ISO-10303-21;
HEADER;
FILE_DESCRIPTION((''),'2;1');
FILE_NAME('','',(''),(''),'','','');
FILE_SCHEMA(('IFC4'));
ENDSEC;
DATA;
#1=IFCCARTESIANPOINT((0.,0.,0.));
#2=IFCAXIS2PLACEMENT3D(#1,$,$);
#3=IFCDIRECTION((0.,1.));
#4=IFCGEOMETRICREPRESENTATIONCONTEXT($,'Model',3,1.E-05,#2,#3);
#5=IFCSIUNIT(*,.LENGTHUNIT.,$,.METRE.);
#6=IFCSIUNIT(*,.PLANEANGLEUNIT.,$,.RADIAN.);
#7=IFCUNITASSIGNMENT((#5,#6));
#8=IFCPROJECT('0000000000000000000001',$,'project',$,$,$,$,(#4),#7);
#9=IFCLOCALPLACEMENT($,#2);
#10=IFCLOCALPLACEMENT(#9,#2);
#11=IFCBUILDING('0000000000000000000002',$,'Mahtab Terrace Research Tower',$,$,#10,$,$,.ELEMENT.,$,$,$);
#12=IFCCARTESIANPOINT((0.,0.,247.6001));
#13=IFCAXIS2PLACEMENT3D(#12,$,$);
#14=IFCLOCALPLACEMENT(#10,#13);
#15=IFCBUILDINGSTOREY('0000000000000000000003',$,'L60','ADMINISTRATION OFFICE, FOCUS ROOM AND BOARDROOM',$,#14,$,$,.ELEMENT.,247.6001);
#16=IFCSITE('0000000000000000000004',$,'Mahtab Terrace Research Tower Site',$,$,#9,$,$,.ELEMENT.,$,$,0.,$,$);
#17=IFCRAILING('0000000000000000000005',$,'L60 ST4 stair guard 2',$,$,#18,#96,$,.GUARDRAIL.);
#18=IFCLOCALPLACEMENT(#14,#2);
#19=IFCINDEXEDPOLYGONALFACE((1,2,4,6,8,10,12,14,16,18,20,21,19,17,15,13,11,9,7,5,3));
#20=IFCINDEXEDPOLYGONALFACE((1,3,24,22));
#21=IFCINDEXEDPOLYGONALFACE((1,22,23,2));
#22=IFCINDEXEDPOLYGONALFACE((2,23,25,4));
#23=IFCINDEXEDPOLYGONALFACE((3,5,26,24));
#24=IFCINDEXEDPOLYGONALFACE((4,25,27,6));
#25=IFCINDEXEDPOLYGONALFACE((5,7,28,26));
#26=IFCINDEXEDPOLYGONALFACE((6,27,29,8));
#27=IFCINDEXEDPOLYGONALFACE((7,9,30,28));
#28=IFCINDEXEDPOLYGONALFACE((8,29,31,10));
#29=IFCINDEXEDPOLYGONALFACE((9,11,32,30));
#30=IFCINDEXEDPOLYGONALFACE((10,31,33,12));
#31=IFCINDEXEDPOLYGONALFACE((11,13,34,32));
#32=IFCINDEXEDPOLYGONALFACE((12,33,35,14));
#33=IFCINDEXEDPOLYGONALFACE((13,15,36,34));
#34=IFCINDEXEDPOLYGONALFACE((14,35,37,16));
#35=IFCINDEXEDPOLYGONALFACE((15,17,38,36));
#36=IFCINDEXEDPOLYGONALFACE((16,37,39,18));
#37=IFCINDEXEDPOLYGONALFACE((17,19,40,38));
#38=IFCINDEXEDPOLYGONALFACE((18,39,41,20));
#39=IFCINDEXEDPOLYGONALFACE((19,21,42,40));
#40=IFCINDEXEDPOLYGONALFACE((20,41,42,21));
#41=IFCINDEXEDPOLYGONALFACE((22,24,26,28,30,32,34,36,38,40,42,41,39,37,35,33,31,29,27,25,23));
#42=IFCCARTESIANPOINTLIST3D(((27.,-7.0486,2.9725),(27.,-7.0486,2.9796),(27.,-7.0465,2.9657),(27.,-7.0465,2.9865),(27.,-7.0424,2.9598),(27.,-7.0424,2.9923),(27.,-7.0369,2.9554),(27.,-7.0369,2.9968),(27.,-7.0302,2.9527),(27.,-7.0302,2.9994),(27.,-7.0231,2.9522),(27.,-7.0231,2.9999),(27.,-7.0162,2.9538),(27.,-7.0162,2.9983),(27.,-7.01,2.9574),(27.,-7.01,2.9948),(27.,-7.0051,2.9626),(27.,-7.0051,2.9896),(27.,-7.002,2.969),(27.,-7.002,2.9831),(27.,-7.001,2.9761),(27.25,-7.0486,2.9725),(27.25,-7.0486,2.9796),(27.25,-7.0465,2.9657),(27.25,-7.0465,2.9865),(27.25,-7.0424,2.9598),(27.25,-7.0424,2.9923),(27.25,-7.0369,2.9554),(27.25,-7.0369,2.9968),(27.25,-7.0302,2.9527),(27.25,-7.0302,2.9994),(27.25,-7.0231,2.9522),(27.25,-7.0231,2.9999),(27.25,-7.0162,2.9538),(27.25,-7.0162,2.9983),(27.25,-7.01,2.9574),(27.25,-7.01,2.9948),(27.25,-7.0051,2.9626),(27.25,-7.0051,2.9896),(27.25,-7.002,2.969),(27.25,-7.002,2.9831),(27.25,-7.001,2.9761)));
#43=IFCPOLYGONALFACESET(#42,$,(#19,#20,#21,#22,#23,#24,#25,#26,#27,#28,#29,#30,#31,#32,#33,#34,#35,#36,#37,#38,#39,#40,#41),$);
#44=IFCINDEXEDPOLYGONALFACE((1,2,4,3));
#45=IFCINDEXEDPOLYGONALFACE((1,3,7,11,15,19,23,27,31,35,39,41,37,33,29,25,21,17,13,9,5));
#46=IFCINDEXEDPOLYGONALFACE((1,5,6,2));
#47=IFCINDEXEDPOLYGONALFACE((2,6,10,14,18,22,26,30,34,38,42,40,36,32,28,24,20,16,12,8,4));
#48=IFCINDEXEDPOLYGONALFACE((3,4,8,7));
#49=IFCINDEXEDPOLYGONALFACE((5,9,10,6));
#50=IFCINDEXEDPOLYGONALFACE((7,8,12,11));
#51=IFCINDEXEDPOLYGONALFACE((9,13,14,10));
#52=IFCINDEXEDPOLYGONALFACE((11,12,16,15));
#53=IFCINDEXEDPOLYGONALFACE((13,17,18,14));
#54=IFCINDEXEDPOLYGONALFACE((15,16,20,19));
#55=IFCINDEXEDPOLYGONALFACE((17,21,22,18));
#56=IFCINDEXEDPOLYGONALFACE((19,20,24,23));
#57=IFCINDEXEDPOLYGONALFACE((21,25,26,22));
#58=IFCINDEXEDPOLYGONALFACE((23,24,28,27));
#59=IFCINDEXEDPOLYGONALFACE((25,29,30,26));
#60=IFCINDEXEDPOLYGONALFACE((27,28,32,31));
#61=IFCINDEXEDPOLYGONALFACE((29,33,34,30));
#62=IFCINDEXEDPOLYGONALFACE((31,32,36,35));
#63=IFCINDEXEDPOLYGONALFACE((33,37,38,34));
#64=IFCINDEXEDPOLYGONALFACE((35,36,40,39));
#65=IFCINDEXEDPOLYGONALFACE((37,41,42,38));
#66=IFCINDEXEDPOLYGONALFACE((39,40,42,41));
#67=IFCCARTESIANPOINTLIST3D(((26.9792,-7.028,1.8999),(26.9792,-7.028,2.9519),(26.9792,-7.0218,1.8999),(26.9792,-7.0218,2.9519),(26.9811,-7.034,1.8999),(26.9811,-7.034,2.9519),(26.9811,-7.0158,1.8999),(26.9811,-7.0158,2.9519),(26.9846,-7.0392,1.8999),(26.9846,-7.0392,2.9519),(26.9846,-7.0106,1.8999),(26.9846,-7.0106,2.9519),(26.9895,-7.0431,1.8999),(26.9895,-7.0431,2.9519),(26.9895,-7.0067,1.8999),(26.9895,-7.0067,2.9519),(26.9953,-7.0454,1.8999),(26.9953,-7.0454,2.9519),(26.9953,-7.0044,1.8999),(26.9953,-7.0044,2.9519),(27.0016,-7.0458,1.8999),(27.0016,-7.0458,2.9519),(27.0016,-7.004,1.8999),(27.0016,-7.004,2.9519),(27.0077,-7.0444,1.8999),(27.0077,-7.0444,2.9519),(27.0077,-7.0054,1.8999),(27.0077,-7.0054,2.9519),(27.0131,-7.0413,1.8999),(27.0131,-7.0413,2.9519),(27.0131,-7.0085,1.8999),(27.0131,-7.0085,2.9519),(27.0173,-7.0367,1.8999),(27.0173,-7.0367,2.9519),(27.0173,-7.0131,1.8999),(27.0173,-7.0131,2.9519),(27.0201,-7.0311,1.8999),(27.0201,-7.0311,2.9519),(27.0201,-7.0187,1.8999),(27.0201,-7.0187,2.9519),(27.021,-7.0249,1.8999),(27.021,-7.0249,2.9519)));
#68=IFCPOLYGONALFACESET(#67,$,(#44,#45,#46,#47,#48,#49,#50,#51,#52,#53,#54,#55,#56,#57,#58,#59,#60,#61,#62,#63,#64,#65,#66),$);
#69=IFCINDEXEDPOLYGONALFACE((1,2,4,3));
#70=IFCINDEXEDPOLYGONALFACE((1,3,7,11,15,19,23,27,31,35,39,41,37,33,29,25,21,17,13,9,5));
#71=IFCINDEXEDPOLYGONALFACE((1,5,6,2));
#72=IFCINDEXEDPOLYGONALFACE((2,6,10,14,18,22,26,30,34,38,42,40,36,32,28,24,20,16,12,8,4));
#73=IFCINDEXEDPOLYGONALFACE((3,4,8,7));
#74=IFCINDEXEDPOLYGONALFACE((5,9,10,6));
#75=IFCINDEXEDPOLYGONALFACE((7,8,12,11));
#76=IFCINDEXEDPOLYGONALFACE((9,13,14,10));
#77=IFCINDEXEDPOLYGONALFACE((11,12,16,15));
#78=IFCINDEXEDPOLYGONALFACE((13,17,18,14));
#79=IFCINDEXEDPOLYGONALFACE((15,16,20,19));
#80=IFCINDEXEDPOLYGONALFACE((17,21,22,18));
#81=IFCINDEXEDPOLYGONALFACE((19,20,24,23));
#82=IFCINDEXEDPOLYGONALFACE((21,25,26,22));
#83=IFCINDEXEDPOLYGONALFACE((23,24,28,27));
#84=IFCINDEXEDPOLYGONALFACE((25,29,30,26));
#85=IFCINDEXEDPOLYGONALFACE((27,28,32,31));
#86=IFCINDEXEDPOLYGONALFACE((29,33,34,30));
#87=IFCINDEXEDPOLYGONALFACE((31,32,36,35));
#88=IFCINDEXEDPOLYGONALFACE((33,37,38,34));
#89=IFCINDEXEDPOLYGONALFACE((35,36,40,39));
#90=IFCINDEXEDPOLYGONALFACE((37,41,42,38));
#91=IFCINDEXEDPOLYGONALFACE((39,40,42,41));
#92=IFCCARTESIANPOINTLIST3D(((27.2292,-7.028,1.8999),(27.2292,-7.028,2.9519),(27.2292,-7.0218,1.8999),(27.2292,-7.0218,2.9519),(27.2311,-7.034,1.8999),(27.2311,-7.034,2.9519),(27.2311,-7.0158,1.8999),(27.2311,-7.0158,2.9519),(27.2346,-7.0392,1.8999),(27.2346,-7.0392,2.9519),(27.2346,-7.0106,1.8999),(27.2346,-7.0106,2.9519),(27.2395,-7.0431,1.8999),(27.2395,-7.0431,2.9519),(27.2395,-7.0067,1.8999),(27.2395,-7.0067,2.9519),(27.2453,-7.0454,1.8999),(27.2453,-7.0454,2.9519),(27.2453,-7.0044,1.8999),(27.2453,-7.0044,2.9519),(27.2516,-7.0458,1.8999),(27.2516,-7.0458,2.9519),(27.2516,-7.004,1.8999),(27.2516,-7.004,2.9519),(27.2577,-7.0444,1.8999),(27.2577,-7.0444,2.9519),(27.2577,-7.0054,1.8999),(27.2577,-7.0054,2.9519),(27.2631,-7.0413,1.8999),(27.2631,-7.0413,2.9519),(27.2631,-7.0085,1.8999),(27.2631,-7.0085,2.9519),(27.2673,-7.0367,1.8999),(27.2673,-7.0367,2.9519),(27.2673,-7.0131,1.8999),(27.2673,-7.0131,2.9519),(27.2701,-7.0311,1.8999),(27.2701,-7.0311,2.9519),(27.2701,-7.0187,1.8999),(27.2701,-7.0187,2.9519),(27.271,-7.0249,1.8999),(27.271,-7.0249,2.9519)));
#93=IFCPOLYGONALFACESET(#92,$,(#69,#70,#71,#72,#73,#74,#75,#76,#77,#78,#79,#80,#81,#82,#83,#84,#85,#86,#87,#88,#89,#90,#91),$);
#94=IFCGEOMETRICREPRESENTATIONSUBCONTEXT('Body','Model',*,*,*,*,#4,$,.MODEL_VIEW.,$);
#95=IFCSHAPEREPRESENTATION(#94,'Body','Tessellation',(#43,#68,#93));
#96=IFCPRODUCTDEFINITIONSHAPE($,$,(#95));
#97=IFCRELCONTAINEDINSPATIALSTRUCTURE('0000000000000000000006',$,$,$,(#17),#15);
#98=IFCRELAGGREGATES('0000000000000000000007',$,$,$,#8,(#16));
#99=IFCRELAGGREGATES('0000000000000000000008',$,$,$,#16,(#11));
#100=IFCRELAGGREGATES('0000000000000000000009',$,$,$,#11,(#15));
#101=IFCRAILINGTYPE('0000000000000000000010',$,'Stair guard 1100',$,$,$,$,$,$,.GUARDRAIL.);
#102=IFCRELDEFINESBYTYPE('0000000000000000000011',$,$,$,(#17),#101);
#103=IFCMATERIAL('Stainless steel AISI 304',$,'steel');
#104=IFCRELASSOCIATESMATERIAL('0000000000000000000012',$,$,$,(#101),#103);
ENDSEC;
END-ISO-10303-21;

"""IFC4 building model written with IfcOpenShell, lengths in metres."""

from ifc_helpers import new_model, si_unit, direction, frame, origin, origin_2d, place, context, subcontext, project, spatial, circle, extrude, material, type_object, element, save


model = new_model("IFC4")

# Units and contexts
model_context = context("Model", 3, precision=1e-05, world=origin(), true_north=direction((0.0, 1.0)))
body_context = subcontext(model_context, "Body", "Model", "MODEL_VIEW")
ifc_project = project(units=[si_unit("LENGTHUNIT", "METRE"), si_unit("PLANEANGLEUNIT", "RADIAN")], contexts=[model_context])

# Site, building, storey
site_placement = place(None, origin())
site = spatial("IfcSite", under=ifc_project, at=site_placement, Name="Mahtab Terrace Research Tower Site", CompositionType="ELEMENT", RefElevation=0.0)
building_placement = place(site_placement, origin())
building = spatial("IfcBuilding", under=site, at=building_placement, Name="Mahtab Terrace Research Tower", CompositionType="ELEMENT")
storey_placement = place(building_placement, frame((0.0, 0.0, 247.6001)))
storey = spatial("IfcBuildingStorey", under=building, at=storey_placement, Name="L60", Description="ADMINISTRATION OFFICE, FOCUS ROOM AND BOARDROOM", CompositionType="ELEMENT", Elevation=247.6001)

# Shared definitions
ifc_material_1 = material(Name="Stainless steel AISI 304", Category="steel")

# Railing
railing_type_1 = type_object("IfcRailingType", Name="Stair guard 1100", PredefinedType="GUARDRAIL", material=ifc_material_1)
railing_1_placement = place(storey_placement, frame((27.0, -7.0249, 1.8999)))
element("IfcRailing", 1, at=railing_1_placement, inside=storey, type_object=railing_type_1, Name="L60 ST4 stair guard 2", PredefinedType="GUARDRAIL", context=body_context, shape_type="SweptSolid", body=[
    extrude(circle(Radius=0.0239, at=origin_2d()), frame((0.0, 0.0, 1.0762), z_axis=(1.0, 0.0, 0.0), x_axis=(0.0, 1.0, 0.0)), (0.0, 0.0, 1.0), 0.25),
    extrude(circle(Radius=0.021, at=origin_2d()), origin(), (0.0, 0.0, 1.0), 1.052),
    extrude(circle(Radius=0.021, at=origin_2d()), frame((0.25, 0.0, 0.0)), (0.0, 0.0, 1.0), 1.052),
])

save(model, "model.ifc")
